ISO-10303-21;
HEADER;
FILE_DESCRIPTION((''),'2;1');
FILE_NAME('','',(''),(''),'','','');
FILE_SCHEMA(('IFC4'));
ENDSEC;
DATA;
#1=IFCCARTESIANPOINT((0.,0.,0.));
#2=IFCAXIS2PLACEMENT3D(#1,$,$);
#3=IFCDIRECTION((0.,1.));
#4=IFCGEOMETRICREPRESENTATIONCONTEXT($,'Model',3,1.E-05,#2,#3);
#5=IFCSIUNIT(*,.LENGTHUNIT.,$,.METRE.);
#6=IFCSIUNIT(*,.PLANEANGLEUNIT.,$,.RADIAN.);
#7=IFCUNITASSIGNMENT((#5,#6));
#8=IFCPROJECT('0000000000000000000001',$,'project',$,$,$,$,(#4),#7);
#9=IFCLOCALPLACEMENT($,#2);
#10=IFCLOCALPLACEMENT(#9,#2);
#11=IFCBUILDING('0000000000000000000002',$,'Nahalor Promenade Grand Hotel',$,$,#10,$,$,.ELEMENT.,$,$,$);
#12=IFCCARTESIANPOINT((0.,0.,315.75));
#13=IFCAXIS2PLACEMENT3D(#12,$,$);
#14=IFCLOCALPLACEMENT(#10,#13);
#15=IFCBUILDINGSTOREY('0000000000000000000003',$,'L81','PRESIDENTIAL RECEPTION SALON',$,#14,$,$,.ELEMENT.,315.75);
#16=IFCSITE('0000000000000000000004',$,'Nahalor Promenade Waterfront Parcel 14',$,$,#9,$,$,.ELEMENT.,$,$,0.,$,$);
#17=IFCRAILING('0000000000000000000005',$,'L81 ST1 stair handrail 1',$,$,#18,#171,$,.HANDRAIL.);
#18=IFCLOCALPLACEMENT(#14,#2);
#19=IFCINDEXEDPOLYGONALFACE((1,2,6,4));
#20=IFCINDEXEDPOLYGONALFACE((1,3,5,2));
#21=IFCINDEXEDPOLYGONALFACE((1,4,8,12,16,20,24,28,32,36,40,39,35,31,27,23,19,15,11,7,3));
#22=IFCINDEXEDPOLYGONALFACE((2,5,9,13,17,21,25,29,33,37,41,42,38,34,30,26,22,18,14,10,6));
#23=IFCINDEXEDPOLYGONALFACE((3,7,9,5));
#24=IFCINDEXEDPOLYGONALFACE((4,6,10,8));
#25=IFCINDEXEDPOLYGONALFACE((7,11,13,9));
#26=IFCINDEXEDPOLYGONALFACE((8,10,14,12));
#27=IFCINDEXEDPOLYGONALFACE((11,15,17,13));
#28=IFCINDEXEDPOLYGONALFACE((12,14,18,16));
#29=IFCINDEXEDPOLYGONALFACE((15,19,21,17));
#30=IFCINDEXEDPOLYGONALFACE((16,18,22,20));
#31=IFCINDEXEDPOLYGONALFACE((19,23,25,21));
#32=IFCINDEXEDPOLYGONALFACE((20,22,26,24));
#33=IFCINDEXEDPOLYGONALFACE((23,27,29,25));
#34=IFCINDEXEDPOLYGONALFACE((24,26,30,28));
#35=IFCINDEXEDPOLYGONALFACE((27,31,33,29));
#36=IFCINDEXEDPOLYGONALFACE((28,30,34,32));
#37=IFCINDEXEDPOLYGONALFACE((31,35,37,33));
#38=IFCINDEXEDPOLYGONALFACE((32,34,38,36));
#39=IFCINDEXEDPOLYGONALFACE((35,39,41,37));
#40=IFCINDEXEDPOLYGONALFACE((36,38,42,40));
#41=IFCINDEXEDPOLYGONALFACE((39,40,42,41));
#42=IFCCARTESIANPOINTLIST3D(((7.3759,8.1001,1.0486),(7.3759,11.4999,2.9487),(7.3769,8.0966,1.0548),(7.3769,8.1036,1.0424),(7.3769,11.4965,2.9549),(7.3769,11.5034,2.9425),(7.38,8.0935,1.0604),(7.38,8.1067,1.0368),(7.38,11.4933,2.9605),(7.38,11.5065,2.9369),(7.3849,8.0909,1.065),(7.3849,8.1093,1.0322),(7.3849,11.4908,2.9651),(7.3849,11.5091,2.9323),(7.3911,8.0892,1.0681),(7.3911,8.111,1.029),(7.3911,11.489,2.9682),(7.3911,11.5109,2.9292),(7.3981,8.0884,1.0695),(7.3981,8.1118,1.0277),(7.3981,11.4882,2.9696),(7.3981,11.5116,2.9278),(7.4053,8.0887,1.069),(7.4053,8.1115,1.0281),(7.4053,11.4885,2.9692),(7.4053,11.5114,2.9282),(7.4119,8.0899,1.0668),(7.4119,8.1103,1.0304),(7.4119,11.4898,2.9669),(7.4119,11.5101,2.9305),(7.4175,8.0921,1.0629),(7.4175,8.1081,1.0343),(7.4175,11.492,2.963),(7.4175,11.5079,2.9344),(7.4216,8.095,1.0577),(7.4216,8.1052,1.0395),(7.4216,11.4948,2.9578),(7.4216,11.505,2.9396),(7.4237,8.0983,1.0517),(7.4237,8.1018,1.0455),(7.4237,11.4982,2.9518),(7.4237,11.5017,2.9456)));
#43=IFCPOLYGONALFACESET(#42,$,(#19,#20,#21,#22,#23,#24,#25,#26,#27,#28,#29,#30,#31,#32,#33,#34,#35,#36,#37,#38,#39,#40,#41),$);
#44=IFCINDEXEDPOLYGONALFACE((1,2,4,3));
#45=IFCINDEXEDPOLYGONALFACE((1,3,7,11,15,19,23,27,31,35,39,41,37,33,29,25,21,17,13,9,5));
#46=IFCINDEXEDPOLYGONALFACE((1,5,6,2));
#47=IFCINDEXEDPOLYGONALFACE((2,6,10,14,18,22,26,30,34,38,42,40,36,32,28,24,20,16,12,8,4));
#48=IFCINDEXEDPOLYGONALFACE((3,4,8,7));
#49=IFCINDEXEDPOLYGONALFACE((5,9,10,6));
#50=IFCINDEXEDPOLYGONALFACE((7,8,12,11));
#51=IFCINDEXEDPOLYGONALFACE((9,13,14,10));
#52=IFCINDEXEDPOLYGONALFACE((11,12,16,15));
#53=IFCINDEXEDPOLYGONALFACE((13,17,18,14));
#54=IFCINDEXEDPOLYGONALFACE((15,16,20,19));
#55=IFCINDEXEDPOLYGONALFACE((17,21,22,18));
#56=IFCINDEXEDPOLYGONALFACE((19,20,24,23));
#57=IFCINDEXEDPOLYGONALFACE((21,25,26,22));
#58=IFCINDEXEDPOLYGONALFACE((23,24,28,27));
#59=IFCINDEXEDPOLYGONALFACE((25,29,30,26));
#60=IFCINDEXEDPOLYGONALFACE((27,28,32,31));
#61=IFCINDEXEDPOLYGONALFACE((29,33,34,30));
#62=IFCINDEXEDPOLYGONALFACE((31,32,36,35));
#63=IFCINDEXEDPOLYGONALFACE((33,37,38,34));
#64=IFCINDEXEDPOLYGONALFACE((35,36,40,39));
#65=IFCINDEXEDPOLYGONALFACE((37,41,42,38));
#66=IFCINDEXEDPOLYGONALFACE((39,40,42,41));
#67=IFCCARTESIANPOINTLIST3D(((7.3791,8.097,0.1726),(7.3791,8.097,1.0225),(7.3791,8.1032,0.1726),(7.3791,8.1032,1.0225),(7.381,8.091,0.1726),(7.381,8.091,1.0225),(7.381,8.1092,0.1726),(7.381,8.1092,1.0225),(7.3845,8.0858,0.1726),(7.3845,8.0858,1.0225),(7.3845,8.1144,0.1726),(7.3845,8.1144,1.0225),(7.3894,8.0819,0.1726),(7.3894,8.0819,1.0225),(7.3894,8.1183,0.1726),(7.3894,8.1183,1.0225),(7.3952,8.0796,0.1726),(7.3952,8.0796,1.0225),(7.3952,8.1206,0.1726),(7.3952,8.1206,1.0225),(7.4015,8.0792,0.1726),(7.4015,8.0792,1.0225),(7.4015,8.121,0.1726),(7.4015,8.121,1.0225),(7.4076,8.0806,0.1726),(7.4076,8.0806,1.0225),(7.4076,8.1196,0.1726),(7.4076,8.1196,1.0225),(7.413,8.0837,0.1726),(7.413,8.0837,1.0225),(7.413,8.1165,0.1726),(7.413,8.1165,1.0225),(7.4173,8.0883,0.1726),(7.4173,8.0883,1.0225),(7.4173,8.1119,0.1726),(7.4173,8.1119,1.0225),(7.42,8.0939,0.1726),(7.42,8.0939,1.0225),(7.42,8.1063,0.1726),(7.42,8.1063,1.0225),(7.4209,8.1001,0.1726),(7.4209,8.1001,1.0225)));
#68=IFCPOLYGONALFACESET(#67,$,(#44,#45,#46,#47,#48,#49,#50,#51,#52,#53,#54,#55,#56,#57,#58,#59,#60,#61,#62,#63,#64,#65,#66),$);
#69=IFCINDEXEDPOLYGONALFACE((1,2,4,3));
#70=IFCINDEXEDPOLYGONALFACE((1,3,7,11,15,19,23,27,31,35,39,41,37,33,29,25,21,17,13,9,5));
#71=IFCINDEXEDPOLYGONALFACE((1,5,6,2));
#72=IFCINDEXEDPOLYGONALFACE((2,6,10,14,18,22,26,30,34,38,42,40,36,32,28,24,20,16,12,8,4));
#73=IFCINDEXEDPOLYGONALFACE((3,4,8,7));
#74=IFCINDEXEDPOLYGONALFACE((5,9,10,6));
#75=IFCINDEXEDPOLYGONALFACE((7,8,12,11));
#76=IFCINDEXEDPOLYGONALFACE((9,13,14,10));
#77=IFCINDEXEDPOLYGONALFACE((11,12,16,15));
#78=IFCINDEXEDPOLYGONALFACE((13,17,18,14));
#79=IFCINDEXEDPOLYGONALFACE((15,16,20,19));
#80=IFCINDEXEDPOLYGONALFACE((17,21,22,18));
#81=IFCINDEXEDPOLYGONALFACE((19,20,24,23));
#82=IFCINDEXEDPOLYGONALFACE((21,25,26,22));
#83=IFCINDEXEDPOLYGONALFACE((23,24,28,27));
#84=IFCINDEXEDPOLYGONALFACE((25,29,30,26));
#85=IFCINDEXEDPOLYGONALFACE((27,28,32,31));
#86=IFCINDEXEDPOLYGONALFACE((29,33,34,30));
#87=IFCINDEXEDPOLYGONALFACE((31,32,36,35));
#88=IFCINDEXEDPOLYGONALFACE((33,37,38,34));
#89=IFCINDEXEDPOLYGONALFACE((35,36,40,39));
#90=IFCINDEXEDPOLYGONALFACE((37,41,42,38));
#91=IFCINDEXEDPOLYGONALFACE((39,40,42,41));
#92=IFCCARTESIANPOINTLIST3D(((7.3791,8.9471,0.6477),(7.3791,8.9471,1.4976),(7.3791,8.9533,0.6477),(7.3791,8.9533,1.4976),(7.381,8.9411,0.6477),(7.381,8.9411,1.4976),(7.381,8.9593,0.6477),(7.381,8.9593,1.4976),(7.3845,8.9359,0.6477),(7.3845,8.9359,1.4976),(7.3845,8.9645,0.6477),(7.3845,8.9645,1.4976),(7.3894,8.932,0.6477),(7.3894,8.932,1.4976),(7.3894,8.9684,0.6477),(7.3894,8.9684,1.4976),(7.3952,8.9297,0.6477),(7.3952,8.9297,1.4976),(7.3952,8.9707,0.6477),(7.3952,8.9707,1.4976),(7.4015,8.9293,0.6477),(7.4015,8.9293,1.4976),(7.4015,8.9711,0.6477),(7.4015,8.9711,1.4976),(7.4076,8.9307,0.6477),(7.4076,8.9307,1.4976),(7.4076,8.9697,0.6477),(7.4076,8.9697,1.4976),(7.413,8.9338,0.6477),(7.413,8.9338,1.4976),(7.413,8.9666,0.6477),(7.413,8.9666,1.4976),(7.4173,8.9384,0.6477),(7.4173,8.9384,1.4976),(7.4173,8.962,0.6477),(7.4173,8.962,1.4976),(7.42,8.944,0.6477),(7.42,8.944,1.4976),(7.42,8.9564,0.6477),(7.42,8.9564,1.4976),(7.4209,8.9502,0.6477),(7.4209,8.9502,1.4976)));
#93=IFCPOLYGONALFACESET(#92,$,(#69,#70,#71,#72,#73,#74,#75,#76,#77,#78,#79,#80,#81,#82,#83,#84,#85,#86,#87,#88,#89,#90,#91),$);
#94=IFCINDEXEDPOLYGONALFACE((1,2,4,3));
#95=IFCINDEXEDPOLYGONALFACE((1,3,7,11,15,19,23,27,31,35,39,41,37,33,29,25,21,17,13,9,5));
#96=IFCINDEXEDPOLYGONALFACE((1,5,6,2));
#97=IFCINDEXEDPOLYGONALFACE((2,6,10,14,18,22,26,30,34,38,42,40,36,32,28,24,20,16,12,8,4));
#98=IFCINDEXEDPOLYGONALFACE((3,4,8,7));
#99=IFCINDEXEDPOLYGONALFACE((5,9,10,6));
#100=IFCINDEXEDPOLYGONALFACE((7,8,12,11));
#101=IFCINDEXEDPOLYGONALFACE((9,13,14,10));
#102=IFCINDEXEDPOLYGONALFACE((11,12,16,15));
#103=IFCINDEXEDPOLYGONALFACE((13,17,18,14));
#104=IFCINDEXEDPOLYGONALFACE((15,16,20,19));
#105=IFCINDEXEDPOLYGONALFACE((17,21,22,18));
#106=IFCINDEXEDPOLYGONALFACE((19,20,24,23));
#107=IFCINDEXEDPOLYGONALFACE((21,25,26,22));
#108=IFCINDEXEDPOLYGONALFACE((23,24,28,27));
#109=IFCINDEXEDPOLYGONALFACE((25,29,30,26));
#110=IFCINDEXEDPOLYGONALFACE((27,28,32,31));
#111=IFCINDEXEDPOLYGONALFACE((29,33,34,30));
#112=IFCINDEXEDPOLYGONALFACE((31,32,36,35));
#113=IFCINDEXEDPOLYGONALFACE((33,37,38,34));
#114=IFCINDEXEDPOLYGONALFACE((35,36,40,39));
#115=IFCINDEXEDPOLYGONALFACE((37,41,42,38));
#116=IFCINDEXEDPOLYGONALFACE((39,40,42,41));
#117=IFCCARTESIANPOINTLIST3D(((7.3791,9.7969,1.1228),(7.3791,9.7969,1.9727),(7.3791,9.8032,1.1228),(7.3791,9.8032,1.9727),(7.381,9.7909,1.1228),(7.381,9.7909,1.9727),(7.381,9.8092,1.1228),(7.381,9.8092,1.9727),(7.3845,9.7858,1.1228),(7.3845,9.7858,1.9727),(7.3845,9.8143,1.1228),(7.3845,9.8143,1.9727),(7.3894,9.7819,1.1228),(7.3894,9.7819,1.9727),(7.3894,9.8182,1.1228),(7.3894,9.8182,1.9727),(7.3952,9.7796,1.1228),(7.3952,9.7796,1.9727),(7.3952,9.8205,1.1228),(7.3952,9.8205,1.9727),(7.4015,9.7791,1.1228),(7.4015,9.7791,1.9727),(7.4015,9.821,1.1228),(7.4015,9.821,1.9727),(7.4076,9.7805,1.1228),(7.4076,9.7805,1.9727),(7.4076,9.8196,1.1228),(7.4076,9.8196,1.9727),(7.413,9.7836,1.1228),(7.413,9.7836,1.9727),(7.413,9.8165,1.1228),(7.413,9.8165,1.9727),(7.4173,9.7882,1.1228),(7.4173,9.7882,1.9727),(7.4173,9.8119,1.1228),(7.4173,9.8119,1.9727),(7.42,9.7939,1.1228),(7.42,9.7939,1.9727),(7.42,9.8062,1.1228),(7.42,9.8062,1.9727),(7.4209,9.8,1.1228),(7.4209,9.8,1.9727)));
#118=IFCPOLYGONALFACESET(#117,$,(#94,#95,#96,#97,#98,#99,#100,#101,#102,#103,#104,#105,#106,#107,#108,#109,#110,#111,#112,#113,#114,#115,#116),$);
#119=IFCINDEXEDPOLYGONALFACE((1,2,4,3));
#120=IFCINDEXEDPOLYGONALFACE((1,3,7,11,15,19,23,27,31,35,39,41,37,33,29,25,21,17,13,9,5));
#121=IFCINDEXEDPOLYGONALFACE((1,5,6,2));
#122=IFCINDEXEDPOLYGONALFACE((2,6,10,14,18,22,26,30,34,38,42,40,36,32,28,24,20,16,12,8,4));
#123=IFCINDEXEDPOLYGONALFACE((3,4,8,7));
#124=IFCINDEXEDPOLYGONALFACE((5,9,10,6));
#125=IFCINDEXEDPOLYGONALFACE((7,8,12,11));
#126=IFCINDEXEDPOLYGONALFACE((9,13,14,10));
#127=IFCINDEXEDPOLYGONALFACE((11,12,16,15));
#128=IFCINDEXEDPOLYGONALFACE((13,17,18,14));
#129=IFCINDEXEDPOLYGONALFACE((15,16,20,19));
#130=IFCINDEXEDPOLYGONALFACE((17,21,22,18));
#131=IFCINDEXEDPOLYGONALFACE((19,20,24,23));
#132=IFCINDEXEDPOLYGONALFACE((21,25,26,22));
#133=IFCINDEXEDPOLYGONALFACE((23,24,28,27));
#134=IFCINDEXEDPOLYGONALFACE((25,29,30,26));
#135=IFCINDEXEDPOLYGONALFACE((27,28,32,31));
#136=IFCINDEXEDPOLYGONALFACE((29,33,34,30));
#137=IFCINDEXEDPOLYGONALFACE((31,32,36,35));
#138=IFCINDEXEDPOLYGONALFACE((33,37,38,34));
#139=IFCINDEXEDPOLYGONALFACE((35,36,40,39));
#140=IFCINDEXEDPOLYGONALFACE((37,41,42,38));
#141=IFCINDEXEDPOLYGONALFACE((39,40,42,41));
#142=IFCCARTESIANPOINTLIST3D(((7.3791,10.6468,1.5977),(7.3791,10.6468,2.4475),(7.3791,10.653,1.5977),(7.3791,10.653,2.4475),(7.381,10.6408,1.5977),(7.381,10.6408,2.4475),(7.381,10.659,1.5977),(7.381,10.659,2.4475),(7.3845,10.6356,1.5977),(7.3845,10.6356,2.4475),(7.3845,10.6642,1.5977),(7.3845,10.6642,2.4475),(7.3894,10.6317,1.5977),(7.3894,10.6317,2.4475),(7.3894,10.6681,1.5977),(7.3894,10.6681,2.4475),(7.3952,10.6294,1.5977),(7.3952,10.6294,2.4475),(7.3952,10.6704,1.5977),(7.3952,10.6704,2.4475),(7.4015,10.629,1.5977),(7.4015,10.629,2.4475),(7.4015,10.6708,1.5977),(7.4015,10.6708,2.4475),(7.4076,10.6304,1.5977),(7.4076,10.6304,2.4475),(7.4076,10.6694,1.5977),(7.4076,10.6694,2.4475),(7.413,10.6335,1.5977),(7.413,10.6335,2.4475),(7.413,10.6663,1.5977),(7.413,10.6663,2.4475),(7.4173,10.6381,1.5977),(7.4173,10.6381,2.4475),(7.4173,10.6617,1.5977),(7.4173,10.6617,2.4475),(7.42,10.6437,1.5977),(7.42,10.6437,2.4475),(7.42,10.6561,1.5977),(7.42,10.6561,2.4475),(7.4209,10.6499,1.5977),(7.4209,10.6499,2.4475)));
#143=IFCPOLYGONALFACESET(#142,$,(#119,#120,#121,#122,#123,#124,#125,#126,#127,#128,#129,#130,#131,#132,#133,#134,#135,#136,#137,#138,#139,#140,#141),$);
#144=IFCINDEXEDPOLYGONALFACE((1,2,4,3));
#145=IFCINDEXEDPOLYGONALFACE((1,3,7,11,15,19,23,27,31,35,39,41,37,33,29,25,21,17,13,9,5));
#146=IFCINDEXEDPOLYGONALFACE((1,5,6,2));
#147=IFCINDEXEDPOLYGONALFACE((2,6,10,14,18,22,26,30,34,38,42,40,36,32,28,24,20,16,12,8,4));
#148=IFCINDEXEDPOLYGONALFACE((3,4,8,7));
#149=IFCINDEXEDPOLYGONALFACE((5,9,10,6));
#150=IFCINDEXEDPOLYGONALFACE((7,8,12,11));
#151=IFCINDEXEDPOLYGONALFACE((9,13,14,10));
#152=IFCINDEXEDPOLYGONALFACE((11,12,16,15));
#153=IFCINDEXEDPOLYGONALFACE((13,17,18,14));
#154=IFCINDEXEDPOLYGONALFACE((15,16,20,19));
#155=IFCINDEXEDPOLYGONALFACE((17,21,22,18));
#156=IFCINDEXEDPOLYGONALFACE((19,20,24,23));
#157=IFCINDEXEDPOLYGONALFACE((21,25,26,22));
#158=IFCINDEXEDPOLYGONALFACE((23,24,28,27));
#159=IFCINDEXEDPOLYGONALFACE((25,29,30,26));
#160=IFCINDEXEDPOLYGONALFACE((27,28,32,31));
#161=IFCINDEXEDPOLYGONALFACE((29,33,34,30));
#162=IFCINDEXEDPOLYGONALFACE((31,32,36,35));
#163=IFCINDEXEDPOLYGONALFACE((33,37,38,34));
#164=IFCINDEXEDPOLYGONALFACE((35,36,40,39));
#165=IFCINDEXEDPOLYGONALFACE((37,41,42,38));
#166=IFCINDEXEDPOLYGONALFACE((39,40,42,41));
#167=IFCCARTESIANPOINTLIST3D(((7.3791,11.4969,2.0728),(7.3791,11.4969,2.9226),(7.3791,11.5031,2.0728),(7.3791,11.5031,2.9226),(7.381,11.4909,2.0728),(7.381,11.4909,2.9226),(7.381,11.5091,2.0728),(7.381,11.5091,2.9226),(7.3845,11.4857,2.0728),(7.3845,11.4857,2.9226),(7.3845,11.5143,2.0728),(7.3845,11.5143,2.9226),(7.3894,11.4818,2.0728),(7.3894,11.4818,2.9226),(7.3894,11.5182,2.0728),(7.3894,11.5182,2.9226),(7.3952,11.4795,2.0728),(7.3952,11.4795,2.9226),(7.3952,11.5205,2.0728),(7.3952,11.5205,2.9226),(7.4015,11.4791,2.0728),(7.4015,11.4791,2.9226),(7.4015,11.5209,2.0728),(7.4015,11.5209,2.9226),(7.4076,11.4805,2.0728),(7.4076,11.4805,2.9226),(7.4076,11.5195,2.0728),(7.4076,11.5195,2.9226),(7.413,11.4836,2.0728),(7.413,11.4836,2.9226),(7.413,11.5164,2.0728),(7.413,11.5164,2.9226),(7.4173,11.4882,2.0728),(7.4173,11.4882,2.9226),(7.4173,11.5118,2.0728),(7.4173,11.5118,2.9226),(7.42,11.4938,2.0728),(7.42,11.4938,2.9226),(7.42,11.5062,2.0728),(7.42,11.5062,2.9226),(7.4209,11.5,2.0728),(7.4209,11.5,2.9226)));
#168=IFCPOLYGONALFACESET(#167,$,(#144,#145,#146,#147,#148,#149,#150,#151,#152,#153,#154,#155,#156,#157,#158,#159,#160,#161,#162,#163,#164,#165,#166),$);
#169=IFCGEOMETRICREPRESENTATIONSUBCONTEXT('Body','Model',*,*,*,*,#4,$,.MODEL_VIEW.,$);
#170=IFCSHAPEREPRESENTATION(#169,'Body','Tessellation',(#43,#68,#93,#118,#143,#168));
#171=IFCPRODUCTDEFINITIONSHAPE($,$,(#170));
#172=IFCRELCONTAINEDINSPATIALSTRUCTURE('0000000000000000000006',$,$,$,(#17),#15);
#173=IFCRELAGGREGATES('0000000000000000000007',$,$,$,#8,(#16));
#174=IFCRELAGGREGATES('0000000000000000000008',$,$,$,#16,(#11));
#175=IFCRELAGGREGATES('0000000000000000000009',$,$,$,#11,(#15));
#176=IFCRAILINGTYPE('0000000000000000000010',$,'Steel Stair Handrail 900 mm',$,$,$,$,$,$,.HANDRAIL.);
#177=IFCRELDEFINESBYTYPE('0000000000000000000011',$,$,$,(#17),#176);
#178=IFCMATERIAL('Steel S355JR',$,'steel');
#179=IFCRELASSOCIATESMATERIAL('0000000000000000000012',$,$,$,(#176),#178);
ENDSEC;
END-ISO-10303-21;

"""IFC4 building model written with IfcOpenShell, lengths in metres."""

from ifc_helpers import new_model, si_unit, direction, frame, origin, origin_2d, place, context, subcontext, project, spatial, circle, extrude, material, type_object, element, save


model = new_model("IFC4")

# Units and contexts
model_context = context("Model", 3, precision=1e-05, world=origin(), true_north=direction((0.0, 1.0)))
body_context = subcontext(model_context, "Body", "Model", "MODEL_VIEW")
ifc_project = project(units=[si_unit("LENGTHUNIT", "METRE"), si_unit("PLANEANGLEUNIT", "RADIAN")], contexts=[model_context])

# Site, building, storey
site_placement = place(None, origin())
site = spatial("IfcSite", under=ifc_project, at=site_placement, Name="Nahalor Promenade Waterfront Parcel 14", CompositionType="ELEMENT", RefElevation=0.0)
building_placement = place(site_placement, origin())
building = spatial("IfcBuilding", under=site, at=building_placement, Name="Nahalor Promenade Grand Hotel", CompositionType="ELEMENT")
storey_placement = place(building_placement, frame((0.0, 0.0, 315.75)))
storey = spatial("IfcBuildingStorey", under=building, at=storey_placement, Name="L81", Description="PRESIDENTIAL RECEPTION SALON", CompositionType="ELEMENT", Elevation=315.75)

# Shared definitions
ifc_material_1 = material(Name="Steel S355JR", Category="steel")

# Railing
railing_type = type_object("IfcRailingType", Name="Steel Stair Handrail 900 mm", PredefinedType="HANDRAIL", material=ifc_material_1)
railing_placement = place(storey_placement, frame((7.3999, 8.1001, 0.1726)))
element("IfcRailing", 1, at=railing_placement, inside=storey, type_object=railing_type, Name="L81 ST1 stair handrail 1", PredefinedType="HANDRAIL", context=body_context, shape_type="SweptSolid", body=[
    extrude(circle(Radius=0.024, at=origin_2d()), frame((0.0, 0.0, 0.876), z_axis=(0.0, 0.872921, 0.487861), x_axis=(-1.0, 0.0, 0.0)), (0.0, 0.0, 1.0), 3.8948),
    extrude(circle(Radius=0.021, at=origin_2d()), origin(), (0.0, 0.0, 1.0), 0.8499),
    extrude(circle(Radius=0.021, at=origin_2d()), frame((0.0, 0.8501, 0.4751)), (0.0, 0.0, 1.0), 0.8499),
    extrude(circle(Radius=0.021, at=origin_2d()), frame((0.0, 1.7, 0.9502)), (0.0, 0.0, 1.0), 0.8499),
    extrude(circle(Radius=0.021, at=origin_2d()), frame((0.0, 2.5498, 1.425)), (0.0, 0.0, 1.0), 0.8499),
    extrude(circle(Radius=0.021, at=origin_2d()), frame((0.0, 3.3999, 1.9001)), (0.0, 0.0, 1.0), 0.8499),
])

save(model, "model.ifc")
